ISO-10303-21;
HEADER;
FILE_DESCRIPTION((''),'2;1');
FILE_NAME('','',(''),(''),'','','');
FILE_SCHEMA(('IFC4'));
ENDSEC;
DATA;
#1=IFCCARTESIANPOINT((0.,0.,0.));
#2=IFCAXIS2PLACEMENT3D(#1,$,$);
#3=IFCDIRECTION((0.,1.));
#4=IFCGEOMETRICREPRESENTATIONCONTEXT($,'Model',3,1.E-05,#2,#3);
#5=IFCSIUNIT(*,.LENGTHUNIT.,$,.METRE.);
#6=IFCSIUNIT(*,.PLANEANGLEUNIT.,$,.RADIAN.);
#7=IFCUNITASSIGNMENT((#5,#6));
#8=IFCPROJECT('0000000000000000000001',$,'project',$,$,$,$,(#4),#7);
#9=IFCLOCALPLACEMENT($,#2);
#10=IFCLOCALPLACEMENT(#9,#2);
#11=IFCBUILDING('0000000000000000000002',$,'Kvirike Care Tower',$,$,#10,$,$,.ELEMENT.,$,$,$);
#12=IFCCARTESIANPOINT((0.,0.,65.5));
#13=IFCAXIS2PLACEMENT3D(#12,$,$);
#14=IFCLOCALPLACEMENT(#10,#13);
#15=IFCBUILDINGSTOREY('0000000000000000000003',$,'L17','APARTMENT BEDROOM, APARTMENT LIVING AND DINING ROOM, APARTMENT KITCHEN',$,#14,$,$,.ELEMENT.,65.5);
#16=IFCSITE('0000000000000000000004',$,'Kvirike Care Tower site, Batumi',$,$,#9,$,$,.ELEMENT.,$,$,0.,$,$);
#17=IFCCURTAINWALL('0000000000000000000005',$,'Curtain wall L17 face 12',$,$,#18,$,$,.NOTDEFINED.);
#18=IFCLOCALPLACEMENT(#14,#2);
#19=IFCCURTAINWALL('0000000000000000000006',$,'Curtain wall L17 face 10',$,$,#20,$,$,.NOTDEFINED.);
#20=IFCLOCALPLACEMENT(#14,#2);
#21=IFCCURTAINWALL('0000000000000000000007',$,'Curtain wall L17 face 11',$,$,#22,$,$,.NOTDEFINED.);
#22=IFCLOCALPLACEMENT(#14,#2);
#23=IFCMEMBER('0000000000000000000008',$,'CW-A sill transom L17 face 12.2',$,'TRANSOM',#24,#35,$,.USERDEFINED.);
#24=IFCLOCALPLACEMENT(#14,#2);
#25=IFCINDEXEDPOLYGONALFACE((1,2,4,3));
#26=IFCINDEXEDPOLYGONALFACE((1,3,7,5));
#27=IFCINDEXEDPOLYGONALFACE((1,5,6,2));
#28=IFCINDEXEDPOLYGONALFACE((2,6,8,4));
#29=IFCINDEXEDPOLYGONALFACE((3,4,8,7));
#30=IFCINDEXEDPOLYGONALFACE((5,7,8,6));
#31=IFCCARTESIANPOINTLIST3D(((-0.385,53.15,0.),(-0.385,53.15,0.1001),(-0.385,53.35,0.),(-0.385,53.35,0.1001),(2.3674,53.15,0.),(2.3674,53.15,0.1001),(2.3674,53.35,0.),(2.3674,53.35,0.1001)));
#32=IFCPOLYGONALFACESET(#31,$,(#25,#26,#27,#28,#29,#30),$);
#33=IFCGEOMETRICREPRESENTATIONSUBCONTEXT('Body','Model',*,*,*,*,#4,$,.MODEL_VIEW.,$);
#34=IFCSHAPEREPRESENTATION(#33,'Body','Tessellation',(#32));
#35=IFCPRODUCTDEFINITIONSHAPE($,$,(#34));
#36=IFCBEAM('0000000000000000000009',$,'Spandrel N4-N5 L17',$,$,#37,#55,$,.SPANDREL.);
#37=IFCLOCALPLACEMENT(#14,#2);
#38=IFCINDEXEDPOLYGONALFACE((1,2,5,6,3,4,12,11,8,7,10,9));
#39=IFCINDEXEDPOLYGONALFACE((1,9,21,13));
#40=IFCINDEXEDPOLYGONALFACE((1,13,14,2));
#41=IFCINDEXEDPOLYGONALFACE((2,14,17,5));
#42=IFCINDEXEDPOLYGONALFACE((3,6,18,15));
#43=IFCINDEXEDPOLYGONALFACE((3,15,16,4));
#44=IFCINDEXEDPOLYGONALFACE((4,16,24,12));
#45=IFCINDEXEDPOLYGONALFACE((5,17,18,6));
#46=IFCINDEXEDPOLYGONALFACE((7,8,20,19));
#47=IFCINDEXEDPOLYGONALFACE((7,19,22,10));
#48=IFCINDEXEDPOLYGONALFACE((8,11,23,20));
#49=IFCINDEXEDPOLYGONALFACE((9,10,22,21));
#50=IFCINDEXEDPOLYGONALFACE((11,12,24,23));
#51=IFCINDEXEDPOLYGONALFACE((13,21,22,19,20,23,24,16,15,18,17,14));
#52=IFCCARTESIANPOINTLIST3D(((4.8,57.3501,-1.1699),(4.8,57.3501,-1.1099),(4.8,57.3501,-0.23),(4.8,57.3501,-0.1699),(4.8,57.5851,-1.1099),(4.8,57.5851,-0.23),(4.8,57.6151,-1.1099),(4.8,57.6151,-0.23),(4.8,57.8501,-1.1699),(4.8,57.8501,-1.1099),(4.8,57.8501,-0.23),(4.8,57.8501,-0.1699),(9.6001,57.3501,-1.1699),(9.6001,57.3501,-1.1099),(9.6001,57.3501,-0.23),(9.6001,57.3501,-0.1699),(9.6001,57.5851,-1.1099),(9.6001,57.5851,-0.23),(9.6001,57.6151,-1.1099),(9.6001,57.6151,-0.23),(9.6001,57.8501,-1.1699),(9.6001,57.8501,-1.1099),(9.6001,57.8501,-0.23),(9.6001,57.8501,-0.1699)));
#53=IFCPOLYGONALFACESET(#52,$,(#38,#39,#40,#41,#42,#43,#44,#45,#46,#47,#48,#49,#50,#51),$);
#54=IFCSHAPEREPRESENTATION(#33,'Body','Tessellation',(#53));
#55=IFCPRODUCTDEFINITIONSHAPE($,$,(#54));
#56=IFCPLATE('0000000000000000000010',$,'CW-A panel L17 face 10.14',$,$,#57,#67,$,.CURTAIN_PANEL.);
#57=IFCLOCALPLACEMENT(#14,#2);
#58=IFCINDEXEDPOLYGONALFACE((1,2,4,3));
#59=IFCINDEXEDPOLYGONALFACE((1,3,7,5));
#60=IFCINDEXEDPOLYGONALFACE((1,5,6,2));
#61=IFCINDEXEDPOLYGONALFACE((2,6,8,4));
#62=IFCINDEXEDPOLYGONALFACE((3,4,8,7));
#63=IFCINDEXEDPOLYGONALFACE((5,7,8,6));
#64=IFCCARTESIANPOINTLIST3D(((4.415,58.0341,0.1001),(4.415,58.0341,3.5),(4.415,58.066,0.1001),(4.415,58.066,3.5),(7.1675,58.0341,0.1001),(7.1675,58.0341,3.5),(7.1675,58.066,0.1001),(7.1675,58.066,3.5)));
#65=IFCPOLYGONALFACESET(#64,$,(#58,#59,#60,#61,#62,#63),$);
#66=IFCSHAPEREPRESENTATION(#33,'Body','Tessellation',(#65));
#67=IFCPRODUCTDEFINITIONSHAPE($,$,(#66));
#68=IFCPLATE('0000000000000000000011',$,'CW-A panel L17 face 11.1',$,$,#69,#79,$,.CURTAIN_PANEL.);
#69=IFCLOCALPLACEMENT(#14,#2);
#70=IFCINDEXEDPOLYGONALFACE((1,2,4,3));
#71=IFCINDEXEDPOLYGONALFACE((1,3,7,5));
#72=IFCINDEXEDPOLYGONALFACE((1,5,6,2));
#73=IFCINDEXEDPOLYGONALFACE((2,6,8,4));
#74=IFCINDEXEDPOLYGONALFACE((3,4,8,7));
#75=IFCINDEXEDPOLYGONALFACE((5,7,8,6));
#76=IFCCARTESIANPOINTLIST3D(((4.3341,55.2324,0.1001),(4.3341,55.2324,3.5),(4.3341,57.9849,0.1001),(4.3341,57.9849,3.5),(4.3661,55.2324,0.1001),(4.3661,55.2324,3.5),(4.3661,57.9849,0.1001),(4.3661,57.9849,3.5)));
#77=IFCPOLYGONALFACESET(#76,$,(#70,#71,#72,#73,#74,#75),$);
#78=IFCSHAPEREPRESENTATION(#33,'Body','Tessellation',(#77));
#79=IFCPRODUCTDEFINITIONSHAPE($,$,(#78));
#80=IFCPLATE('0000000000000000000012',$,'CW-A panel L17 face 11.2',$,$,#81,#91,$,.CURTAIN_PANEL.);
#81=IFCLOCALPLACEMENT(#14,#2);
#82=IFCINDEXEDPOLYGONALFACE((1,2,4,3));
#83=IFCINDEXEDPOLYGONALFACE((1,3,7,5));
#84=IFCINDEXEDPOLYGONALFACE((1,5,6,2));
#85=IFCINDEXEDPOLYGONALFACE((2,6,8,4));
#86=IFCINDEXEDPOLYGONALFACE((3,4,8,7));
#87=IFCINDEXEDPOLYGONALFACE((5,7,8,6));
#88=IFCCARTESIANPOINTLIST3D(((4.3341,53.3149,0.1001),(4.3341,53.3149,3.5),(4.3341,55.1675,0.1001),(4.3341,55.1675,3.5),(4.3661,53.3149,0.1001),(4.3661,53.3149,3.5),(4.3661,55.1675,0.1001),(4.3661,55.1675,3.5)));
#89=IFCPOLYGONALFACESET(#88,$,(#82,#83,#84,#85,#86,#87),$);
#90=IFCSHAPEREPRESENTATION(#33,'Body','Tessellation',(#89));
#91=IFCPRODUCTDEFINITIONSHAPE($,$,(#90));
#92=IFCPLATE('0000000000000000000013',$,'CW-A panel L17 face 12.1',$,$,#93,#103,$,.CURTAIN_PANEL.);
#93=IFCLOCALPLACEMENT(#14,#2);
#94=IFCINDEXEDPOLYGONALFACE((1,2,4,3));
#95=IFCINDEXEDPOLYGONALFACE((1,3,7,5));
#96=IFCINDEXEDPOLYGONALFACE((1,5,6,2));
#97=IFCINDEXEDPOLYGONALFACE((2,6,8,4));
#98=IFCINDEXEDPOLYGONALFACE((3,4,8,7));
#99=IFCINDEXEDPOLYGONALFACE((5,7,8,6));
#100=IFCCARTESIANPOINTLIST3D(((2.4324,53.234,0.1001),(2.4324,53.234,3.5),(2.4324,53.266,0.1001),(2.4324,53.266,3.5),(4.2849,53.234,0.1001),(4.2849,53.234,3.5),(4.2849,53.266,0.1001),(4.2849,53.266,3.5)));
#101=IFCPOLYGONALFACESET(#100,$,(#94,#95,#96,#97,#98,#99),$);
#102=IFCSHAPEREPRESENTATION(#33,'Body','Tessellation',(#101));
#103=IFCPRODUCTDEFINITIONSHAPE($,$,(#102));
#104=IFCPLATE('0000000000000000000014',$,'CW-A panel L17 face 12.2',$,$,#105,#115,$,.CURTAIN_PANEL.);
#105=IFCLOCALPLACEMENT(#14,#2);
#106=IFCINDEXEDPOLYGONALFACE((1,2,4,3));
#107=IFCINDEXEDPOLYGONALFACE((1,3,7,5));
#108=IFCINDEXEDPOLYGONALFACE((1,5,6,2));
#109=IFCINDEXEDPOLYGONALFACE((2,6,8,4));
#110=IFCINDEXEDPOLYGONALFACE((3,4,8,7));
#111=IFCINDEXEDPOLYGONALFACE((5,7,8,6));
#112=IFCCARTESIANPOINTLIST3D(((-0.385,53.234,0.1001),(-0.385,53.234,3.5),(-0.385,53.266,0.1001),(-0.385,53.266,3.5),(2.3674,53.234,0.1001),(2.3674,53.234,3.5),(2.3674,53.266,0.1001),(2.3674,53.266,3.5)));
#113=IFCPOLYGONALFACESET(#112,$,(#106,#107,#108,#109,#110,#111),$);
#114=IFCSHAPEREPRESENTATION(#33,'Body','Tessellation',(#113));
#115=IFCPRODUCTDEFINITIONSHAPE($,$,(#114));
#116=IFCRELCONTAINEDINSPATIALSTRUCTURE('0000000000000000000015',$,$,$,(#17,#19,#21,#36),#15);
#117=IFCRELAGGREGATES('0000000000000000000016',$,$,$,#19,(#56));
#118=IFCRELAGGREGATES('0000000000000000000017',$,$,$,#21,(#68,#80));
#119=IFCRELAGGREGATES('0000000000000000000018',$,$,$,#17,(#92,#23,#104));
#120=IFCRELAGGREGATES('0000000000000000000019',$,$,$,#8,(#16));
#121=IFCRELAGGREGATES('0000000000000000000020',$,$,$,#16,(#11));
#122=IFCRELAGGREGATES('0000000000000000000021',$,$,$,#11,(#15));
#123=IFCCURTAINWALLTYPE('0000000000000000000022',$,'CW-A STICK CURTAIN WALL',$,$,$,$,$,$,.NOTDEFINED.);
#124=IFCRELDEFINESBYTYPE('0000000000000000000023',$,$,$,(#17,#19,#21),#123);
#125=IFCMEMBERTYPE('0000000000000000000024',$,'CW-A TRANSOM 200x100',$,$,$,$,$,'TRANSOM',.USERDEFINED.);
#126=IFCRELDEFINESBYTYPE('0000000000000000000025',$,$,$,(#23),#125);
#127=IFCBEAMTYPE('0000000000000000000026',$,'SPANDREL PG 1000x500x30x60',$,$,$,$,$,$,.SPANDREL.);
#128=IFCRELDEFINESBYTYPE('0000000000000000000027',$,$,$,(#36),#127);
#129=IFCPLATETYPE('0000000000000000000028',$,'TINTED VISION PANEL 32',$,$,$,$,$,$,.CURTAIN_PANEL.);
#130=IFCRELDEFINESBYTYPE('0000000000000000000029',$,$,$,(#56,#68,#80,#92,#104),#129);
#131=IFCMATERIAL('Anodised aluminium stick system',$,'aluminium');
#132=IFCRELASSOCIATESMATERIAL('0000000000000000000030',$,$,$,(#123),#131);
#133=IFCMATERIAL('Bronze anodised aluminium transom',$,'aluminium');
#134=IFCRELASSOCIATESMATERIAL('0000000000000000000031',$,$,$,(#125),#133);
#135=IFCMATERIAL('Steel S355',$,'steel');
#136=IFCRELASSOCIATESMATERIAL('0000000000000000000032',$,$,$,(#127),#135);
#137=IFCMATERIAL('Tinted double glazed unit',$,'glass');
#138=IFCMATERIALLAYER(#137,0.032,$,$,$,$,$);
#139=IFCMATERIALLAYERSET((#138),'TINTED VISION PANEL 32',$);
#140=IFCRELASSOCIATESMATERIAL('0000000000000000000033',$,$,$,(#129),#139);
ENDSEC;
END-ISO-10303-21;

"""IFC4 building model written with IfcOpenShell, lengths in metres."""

from ifc_helpers import new_model, si_unit, direction, frame, origin, origin_2d, place, context, subcontext, project, spatial, rectangle, i_section, extrude, material, layer, layer_set, material_profile, profile_set, type_object, element, aggregate, save


model = new_model("IFC4")

# Units and contexts
model_context = context("Model", 3, precision=1e-05, world=origin(), true_north=direction((0.0, 1.0)))
body_context = subcontext(model_context, "Body", "Model", "MODEL_VIEW")
ifc_project = project(units=[si_unit("LENGTHUNIT", "METRE"), si_unit("PLANEANGLEUNIT", "RADIAN")], contexts=[model_context])

# Site, building, storey
site_placement = place(None, origin())
site = spatial("IfcSite", under=ifc_project, at=site_placement, Name="Kvirike Care Tower site, Batumi", CompositionType="ELEMENT", RefElevation=0.0)
building_placement = place(site_placement, origin())
building = spatial("IfcBuilding", under=site, at=building_placement, Name="Kvirike Care Tower", CompositionType="ELEMENT")
storey_placement = place(building_placement, frame((0.0, 0.0, 65.5)))
storey = spatial("IfcBuildingStorey", under=building, at=storey_placement, Name="L17", Description="APARTMENT BEDROOM, APARTMENT LIVING AND DINING ROOM, APARTMENT KITCHEN", CompositionType="ELEMENT", Elevation=65.5)

# Curtain wall
ifc_material_1 = material(Name="Anodised aluminium stick system", Category="aluminium")
curtain_wall_type = type_object("IfcCurtainWallType", Name="CW-A STICK CURTAIN WALL", PredefinedType="NOTDEFINED", material=ifc_material_1)
curtain_wall_1_placement = place(storey_placement, origin())
curtain_wall_1 = element("IfcCurtainWall", 1, at=curtain_wall_1_placement, inside=storey, type_object=curtain_wall_type, Name="Curtain wall L17 face 12", PredefinedType="NOTDEFINED")

# Curtain walls
curtain_wall_2_placement = place(storey_placement, origin())
curtain_wall_2 = element("IfcCurtainWall", 2, at=curtain_wall_2_placement, inside=storey, type_object=curtain_wall_type, Name="Curtain wall L17 face 10", PredefinedType="NOTDEFINED")
curtain_wall_3_placement = place(storey_placement, origin())
curtain_wall_3 = element("IfcCurtainWall", 3, at=curtain_wall_3_placement, inside=storey, type_object=curtain_wall_type, Name="Curtain wall L17 face 11", PredefinedType="NOTDEFINED")

# Member
ifc_material_2 = material(Name="Bronze anodised aluminium transom", Category="aluminium")
ifc_material_profile_1 = material_profile(ifc_material_2, rectangle(XDim=0.2, YDim=0.1001, at=origin_2d()), Name="CW-A TRANSOM 200x100")
ifc_profile_set_1 = profile_set([ifc_material_profile_1], Name="Bronze anodised aluminium transom")
member_type_1 = type_object("IfcMemberType", Name="CW-A TRANSOM 200x100", ElementType="TRANSOM", PredefinedType="USERDEFINED", material=ifc_profile_set_1)
member_1_placement = place(storey_placement, frame((2.3674, 53.25, 0.05), z_axis=(-1.0, 0.0, 0.0), x_axis=(0.0, -1.0, 0.0)))
member_1 = element("IfcMember", 4, at=member_1_placement, type_object=member_type_1, Name="CW-A sill transom L17 face 12.2", ObjectType="TRANSOM", PredefinedType="USERDEFINED", context=body_context, shape_type="SweptSolid", body=[
    extrude(rectangle(XDim=0.2, YDim=0.1001, at=origin_2d()), origin(), (0.0, 0.0, 1.0), 2.7524),
])

# Beam
ifc_material_3 = material(Name="Steel S355", Category="steel")
ifc_material_profile_2 = material_profile(ifc_material_3, i_section(OverallWidth=0.5, OverallDepth=1.0, WebThickness=0.03, FlangeThickness=0.0601, at=origin_2d()), Name="PG 1000x500x30x60")
ifc_profile_set_2 = profile_set([ifc_material_profile_2], Name="Steel S355")
beam_type = type_object("IfcBeamType", Name="SPANDREL PG 1000x500x30x60", PredefinedType="SPANDREL", material=ifc_profile_set_2)
beam_placement = place(storey_placement, frame((4.8, 57.6001, -0.6699), z_axis=(1.0, 0.0, 0.0), x_axis=(0.0, 1.0, 0.0)))
element("IfcBeam", 5, at=beam_placement, inside=storey, type_object=beam_type, Name="Spandrel N4-N5 L17", PredefinedType="SPANDREL", context=body_context, shape_type="SweptSolid", body=[
    extrude(i_section(OverallWidth=0.5, OverallDepth=1.0, WebThickness=0.03, FlangeThickness=0.0601, at=origin_2d()), origin(), (0.0, 0.0, 1.0), 4.8),
])

# Plates
ifc_material_4 = material(Name="Tinted double glazed unit", Category="glass")
ifc_layer = layer(ifc_material_4, 0.032)
ifc_layer_set = layer_set([ifc_layer], Name="TINTED VISION PANEL 32")
plate_type = type_object("IfcPlateType", Name="TINTED VISION PANEL 32", PredefinedType="CURTAIN_PANEL", material=ifc_layer_set)
plate_1_placement = place(storey_placement, frame((5.7913, 58.05, 0.1001), z_axis=(0.0, 0.0, 1.0), x_axis=(-1.0, 0.0, 0.0)))
plate_1 = element("IfcPlate", 6, at=plate_1_placement, type_object=plate_type, Name="CW-A panel L17 face 10.14", PredefinedType="CURTAIN_PANEL", context=body_context, shape_type="SweptSolid", body=[
    extrude(rectangle(XDim=2.7524, YDim=0.032, at=origin_2d()), origin(), (0.0, 0.0, 1.0), 3.3999),
])
aggregate(curtain_wall_2, [plate_1])
plate_2_placement = place(storey_placement, frame((4.3501, 56.6086, 0.1001), z_axis=(0.0, 0.0, 1.0), x_axis=(0.0, -1.0, 0.0)))
plate_2 = element("IfcPlate", 7, at=plate_2_placement, type_object=plate_type, Name="CW-A panel L17 face 11.1", PredefinedType="CURTAIN_PANEL", context=body_context, shape_type="SweptSolid", body=[
    extrude(rectangle(XDim=2.7524, YDim=0.032, at=origin_2d()), origin(), (0.0, 0.0, 1.0), 3.3999),
])
plate_3_placement = place(storey_placement, frame((4.3501, 54.2412, 0.1001), z_axis=(0.0, 0.0, 1.0), x_axis=(0.0, -1.0, 0.0)))
plate_3 = element("IfcPlate", 8, at=plate_3_placement, type_object=plate_type, Name="CW-A panel L17 face 11.2", PredefinedType="CURTAIN_PANEL", context=body_context, shape_type="SweptSolid", body=[
    extrude(rectangle(XDim=1.8525, YDim=0.032, at=origin_2d()), origin(), (0.0, 0.0, 1.0), 3.3999),
])
aggregate(curtain_wall_3, [plate_2, plate_3])
plate_4_placement = place(storey_placement, frame((3.3586, 53.25, 0.1001), z_axis=(0.0, 0.0, 1.0), x_axis=(-1.0, 0.0, 0.0)))
plate_4 = element("IfcPlate", 9, at=plate_4_placement, type_object=plate_type, Name="CW-A panel L17 face 12.1", PredefinedType="CURTAIN_PANEL", context=body_context, shape_type="SweptSolid", body=[
    extrude(rectangle(XDim=1.8525, YDim=0.032, at=origin_2d()), origin(), (0.0, 0.0, 1.0), 3.3999),
])
plate_5_placement = place(storey_placement, frame((0.9912, 53.25, 0.1001), z_axis=(0.0, 0.0, 1.0), x_axis=(-1.0, 0.0, 0.0)))
plate_5 = element("IfcPlate", 10, at=plate_5_placement, type_object=plate_type, Name="CW-A panel L17 face 12.2", PredefinedType="CURTAIN_PANEL", context=body_context, shape_type="SweptSolid", body=[
    extrude(rectangle(XDim=2.7524, YDim=0.032, at=origin_2d()), origin(), (0.0, 0.0, 1.0), 3.3999),
])
aggregate(curtain_wall_1, [plate_4, member_1, plate_5])

save(model, "model.ifc")
